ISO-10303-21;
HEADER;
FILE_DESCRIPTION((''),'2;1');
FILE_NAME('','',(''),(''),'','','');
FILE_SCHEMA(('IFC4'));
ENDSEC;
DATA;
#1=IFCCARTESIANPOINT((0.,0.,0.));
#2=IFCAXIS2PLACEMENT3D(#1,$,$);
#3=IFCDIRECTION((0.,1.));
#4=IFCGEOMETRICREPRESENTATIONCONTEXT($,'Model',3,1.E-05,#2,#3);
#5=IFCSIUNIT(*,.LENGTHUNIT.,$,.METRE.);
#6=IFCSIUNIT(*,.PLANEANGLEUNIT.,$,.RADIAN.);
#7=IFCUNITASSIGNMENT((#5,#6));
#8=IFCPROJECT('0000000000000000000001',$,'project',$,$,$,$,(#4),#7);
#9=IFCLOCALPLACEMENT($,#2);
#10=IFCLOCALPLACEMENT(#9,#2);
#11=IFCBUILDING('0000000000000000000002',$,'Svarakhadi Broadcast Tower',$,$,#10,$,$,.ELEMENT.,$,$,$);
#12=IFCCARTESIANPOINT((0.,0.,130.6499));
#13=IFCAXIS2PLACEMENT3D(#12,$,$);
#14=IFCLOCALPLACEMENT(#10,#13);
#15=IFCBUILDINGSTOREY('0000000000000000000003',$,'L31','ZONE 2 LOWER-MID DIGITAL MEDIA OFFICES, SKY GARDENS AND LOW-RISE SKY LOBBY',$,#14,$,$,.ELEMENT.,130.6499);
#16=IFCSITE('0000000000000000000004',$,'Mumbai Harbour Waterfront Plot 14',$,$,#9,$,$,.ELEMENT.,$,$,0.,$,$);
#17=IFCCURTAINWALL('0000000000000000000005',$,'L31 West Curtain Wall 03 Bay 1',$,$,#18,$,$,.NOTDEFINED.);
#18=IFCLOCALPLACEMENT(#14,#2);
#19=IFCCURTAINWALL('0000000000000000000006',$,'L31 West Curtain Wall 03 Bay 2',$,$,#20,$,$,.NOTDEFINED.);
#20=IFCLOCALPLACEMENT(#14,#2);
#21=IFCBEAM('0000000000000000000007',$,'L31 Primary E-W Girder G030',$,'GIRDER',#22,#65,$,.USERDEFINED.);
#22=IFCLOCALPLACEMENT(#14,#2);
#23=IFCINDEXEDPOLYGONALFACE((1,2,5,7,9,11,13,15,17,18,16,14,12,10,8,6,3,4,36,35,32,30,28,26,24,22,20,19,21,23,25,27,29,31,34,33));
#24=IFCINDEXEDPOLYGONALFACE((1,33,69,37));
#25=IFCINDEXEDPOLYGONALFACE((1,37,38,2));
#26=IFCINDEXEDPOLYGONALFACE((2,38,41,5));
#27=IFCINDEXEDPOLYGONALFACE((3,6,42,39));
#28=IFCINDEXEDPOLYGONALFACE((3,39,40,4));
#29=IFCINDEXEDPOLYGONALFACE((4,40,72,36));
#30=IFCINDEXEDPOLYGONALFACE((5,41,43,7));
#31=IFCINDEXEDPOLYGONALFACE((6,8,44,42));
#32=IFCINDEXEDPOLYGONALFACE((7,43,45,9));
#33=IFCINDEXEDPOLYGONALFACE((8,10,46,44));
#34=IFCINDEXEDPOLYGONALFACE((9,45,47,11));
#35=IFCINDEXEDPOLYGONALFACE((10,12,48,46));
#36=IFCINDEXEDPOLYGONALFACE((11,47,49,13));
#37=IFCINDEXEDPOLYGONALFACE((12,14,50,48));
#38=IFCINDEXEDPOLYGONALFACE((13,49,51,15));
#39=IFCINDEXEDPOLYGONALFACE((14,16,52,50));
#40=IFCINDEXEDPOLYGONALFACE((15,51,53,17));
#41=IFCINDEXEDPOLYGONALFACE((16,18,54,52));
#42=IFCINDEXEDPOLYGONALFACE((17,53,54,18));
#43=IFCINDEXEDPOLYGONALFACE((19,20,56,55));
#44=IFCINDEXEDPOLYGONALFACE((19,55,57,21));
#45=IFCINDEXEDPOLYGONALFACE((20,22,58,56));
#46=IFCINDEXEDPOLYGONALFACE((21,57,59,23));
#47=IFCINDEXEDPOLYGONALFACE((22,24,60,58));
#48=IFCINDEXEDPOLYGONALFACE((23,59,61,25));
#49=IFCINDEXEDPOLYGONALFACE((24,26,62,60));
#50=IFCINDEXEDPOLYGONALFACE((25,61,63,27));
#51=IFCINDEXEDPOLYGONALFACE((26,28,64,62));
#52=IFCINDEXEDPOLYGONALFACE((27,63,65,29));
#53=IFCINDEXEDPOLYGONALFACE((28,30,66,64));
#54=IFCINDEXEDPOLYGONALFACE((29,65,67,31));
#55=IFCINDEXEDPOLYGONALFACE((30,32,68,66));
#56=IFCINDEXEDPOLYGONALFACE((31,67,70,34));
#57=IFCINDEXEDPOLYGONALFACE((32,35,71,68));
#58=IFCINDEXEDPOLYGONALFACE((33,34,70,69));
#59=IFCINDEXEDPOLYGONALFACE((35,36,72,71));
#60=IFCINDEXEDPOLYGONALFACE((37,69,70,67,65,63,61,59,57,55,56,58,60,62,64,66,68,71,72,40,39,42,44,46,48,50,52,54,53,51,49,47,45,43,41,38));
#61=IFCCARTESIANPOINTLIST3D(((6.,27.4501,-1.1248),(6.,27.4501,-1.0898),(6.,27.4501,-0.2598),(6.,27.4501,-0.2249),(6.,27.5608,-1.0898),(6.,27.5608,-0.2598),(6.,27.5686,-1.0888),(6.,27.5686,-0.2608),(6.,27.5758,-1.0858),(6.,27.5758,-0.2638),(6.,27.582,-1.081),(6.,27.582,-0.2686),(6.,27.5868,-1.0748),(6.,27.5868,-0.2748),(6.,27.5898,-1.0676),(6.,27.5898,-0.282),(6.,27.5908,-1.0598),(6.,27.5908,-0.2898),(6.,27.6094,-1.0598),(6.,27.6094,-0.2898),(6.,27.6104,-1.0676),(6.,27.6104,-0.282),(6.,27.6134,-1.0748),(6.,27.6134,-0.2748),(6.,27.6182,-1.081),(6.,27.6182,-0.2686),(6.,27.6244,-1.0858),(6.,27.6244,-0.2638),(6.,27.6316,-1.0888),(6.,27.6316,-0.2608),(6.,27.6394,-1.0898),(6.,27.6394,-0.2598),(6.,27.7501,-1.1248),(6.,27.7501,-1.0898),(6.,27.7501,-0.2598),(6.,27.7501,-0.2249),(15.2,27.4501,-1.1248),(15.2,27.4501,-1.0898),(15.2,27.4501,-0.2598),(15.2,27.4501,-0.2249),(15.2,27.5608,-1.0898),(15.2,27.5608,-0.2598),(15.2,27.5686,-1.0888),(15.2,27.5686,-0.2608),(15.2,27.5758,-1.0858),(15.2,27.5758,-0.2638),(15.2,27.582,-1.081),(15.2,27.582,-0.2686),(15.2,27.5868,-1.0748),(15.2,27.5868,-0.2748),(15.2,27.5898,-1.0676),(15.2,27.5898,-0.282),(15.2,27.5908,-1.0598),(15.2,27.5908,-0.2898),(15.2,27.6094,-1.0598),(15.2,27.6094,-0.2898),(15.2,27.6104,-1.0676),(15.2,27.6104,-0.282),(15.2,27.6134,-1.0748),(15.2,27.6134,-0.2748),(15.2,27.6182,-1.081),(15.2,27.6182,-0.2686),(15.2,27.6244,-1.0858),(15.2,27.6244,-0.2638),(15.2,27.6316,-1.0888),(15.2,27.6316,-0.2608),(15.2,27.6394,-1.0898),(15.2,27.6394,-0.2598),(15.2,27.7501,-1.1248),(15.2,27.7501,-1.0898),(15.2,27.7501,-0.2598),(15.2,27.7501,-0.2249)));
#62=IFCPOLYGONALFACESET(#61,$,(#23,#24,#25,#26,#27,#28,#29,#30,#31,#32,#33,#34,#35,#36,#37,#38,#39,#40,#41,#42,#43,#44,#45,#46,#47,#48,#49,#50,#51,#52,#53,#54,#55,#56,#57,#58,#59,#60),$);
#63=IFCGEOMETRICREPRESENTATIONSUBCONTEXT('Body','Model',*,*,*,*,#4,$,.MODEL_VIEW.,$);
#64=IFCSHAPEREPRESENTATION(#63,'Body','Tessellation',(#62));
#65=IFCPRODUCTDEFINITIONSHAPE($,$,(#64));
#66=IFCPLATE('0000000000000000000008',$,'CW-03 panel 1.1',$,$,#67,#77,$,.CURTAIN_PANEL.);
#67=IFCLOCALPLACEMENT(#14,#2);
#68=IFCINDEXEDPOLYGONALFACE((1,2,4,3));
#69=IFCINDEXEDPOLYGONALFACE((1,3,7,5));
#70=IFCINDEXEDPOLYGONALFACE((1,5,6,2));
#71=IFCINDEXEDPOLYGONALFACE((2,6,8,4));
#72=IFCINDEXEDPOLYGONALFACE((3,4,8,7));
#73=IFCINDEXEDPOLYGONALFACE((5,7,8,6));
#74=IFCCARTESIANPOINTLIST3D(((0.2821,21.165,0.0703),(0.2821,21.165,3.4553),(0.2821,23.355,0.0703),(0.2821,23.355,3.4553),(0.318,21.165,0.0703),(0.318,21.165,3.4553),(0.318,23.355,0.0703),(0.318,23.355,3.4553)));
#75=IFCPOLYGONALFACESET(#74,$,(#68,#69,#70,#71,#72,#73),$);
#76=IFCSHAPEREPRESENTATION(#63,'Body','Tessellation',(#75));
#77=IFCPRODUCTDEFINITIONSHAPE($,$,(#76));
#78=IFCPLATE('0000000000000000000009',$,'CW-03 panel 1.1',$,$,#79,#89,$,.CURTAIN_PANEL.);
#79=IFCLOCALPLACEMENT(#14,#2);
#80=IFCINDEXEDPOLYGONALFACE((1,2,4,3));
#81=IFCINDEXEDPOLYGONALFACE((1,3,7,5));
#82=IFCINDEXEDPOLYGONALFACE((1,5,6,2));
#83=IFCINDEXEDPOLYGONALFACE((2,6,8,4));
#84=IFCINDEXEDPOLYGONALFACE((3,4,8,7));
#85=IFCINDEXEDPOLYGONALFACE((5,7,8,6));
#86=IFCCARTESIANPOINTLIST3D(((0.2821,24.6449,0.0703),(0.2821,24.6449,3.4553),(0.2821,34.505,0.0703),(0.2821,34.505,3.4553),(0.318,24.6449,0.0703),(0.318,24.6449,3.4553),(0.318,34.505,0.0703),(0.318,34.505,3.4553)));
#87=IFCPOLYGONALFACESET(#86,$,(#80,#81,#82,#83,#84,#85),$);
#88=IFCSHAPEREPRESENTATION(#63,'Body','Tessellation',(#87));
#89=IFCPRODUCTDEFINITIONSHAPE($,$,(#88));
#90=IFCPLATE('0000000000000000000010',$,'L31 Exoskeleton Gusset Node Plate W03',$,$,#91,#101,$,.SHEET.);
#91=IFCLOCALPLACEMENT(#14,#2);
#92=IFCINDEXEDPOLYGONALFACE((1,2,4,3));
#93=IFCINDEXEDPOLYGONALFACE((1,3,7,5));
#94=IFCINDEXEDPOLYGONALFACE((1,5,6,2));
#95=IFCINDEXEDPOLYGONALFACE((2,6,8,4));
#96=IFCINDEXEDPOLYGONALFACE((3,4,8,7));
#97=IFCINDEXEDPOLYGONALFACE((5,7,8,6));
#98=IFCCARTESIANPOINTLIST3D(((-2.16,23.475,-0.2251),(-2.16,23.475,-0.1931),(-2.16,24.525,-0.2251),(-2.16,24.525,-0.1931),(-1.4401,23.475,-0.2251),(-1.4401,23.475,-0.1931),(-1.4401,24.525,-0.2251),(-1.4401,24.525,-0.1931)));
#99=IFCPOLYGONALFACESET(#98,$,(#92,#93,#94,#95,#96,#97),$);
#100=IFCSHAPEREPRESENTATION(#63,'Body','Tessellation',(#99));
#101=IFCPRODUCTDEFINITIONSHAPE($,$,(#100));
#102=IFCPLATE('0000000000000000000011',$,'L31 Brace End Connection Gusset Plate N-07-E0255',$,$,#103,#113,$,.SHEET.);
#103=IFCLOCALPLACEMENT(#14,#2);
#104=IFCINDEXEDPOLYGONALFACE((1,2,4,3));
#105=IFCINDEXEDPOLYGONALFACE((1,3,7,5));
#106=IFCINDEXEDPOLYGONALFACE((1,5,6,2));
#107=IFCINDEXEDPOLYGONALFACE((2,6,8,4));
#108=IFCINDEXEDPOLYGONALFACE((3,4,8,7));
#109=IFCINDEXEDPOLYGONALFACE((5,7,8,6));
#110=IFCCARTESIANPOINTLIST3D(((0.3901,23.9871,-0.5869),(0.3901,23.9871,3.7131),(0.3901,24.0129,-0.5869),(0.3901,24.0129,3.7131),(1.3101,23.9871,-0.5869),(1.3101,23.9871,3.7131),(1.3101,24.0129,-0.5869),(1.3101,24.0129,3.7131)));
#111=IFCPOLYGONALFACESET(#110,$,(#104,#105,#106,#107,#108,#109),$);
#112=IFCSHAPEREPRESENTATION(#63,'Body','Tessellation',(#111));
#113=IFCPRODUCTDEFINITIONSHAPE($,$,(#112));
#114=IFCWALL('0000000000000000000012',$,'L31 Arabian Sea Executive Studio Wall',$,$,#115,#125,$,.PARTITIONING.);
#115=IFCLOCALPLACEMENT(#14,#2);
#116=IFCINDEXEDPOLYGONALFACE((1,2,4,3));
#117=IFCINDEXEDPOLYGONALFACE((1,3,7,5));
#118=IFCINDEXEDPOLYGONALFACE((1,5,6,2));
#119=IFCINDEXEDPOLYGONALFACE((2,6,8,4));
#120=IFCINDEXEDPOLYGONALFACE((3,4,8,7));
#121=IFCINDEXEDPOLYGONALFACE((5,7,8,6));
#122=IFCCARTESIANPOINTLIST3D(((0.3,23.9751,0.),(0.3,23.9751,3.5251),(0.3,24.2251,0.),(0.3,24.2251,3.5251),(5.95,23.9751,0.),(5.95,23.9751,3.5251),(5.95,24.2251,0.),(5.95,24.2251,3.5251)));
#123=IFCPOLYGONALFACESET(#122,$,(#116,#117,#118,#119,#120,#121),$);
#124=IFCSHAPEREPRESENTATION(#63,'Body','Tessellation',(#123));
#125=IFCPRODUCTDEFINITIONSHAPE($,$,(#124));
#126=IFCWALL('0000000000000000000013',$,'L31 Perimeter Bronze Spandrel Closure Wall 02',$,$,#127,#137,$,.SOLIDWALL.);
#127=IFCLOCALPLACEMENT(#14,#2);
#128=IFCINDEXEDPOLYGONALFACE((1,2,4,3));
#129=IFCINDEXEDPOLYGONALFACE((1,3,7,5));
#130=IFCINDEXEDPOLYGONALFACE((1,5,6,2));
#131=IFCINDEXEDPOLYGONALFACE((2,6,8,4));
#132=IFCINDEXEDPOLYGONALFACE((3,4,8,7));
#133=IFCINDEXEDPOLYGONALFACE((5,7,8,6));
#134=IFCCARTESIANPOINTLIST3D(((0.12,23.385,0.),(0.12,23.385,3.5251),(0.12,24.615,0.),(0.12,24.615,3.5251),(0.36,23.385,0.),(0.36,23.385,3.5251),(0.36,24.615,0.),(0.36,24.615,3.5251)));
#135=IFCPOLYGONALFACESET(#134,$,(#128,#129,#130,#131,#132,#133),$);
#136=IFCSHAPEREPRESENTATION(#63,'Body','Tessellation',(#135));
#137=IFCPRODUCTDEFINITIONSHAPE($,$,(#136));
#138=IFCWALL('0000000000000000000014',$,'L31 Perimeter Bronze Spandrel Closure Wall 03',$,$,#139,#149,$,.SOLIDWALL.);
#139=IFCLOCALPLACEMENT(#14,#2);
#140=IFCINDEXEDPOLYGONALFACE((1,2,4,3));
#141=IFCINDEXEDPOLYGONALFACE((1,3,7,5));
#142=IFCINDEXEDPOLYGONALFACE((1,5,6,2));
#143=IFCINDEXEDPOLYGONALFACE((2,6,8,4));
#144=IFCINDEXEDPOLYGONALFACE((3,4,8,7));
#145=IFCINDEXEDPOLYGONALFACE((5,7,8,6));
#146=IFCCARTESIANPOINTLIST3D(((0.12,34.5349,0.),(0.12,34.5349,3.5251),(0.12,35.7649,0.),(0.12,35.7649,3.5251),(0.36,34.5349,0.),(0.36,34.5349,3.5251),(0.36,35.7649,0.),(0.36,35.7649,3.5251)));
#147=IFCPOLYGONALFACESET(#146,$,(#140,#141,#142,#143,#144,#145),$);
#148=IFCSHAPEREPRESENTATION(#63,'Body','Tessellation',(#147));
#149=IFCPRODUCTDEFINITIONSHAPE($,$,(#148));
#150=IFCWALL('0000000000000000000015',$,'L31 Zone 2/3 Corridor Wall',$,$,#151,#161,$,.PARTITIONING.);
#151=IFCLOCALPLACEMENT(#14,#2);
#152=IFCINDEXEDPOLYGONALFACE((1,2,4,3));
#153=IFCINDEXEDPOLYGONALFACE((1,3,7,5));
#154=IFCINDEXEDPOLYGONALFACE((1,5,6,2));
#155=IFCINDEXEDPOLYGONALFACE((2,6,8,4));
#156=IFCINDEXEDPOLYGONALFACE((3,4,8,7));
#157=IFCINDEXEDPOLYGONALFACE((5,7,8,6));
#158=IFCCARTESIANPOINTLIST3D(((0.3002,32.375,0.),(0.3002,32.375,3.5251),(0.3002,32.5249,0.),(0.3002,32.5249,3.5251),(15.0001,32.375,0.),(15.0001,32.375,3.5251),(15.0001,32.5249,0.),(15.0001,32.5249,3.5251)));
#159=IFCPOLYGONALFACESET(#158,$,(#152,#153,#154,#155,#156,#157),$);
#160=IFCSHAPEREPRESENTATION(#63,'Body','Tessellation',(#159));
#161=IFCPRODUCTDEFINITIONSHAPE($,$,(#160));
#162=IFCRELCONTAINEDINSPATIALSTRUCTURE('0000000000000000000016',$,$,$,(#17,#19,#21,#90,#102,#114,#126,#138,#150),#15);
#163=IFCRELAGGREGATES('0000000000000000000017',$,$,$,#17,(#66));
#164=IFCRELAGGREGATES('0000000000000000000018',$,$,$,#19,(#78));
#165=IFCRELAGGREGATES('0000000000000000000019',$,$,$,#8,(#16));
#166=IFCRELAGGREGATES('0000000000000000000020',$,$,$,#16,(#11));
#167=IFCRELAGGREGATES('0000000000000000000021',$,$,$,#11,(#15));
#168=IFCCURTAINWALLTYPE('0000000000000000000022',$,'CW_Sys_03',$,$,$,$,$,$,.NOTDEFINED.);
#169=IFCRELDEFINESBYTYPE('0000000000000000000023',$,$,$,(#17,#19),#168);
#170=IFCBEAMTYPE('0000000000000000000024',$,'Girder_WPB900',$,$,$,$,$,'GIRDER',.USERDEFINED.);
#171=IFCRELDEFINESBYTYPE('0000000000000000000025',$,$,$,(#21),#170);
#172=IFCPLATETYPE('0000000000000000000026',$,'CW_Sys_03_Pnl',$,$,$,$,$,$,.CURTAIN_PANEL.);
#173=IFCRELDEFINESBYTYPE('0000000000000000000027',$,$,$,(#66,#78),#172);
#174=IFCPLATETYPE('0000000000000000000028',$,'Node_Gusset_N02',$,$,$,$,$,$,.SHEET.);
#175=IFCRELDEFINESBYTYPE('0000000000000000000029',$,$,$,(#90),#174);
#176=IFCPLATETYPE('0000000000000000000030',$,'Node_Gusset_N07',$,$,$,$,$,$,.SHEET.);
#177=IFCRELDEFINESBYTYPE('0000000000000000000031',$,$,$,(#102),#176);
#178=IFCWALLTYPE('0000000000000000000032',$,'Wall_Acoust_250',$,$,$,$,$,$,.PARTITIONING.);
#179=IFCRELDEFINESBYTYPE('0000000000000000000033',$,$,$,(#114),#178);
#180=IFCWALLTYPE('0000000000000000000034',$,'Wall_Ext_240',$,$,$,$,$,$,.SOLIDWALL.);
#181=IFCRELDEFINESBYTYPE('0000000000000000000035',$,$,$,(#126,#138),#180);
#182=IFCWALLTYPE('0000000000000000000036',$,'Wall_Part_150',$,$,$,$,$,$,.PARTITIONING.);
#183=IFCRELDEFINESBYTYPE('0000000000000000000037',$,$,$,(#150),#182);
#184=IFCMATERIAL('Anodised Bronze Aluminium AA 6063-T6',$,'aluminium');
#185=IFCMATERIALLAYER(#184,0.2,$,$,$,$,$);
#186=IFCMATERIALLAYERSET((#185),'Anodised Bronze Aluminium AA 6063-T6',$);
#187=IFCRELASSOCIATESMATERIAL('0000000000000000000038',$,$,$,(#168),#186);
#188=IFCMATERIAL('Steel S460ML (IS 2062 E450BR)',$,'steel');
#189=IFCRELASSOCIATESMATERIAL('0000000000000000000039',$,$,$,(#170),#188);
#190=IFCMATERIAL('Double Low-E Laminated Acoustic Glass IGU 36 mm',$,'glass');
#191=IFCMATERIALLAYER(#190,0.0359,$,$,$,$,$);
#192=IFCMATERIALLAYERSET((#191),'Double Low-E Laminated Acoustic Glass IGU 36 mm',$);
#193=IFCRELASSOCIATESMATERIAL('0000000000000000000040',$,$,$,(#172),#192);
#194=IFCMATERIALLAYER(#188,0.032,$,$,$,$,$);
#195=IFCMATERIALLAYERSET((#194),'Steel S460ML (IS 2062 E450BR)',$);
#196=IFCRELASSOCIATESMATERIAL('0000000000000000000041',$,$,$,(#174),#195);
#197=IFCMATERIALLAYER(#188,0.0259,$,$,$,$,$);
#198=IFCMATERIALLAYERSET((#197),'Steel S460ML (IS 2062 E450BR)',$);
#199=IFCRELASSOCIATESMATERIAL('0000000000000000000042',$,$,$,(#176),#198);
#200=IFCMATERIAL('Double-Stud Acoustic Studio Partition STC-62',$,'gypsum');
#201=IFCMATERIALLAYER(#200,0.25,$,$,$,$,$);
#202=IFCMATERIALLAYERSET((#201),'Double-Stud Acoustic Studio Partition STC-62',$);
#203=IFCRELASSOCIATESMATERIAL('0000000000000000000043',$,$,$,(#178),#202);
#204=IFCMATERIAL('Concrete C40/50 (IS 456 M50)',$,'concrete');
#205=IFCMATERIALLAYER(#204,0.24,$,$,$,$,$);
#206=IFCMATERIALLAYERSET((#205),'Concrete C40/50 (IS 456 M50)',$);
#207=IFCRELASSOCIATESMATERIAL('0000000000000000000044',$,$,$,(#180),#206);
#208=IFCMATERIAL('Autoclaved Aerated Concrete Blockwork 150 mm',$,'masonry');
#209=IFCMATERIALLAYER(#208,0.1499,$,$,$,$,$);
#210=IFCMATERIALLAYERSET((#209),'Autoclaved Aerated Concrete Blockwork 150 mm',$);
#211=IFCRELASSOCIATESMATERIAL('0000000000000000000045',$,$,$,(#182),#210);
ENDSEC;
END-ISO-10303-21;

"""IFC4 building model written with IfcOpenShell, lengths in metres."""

from ifc_helpers import new_model, si_unit, direction, frame, frame_2d, origin, origin_2d, place, context, subcontext, project, spatial, rectangle, i_section, extrude, material, layer, layer_set, material_profile, profile_set, type_object, element, aggregate, save


model = new_model("IFC4")

# Units and contexts
model_context = context("Model", 3, precision=1e-05, world=origin(), true_north=direction((0.0, 1.0)))
body_context = subcontext(model_context, "Body", "Model", "MODEL_VIEW")
ifc_project = project(units=[si_unit("LENGTHUNIT", "METRE"), si_unit("PLANEANGLEUNIT", "RADIAN")], contexts=[model_context])

# Site, building, storey
site_placement = place(None, origin())
site = spatial("IfcSite", under=ifc_project, at=site_placement, Name="Mumbai Harbour Waterfront Plot 14", CompositionType="ELEMENT", RefElevation=0.0)
building_placement = place(site_placement, origin())
building = spatial("IfcBuilding", under=site, at=building_placement, Name="Svarakhadi Broadcast Tower", CompositionType="ELEMENT")
storey_placement = place(building_placement, frame((0.0, 0.0, 130.6499)))
storey = spatial("IfcBuildingStorey", under=building, at=storey_placement, Name="L31", Description="ZONE 2 LOWER-MID DIGITAL MEDIA OFFICES, SKY GARDENS AND LOW-RISE SKY LOBBY", CompositionType="ELEMENT", Elevation=130.6499)

# Shared definitions
ifc_material_1 = material(Name="Steel S460ML (IS 2062 E450BR)", Category="steel")

# Curtain walls
ifc_material_2 = material(Name="Anodised Bronze Aluminium AA 6063-T6", Category="aluminium")
ifc_layer_1 = layer(ifc_material_2, 0.2)
ifc_layer_set_1 = layer_set([ifc_layer_1], Name="Anodised Bronze Aluminium AA 6063-T6")
curtain_wall_type = type_object("IfcCurtainWallType", Name="CW_Sys_03", PredefinedType="NOTDEFINED", material=ifc_layer_set_1)
curtain_wall_1_placement = place(storey_placement, origin())
curtain_wall_1 = element("IfcCurtainWall", 1, at=curtain_wall_1_placement, inside=storey, type_object=curtain_wall_type, Name="L31 West Curtain Wall 03 Bay 1", PredefinedType="NOTDEFINED")
curtain_wall_2_placement = place(storey_placement, origin())
curtain_wall_2 = element("IfcCurtainWall", 2, at=curtain_wall_2_placement, inside=storey, type_object=curtain_wall_type, Name="L31 West Curtain Wall 03 Bay 2", PredefinedType="NOTDEFINED")

# Beam
ifc_material_profile_1 = material_profile(ifc_material_1, i_section(OverallWidth=0.3, OverallDepth=0.8999, WebThickness=0.0186, FlangeThickness=0.0349, FilletRadius=0.03, at=origin_2d()), Name="WPB 900x300x291")
ifc_profile_set_1 = profile_set([ifc_material_profile_1], Name="Steel S460ML (IS 2062 E450BR)")
beam_type_1 = type_object("IfcBeamType", Name="Girder_WPB900", ElementType="GIRDER", PredefinedType="USERDEFINED", material=ifc_profile_set_1)
beam_1_placement = place(storey_placement, frame((6.0, 27.6001, -0.6748), z_axis=(1.0, 0.0, 0.0), x_axis=(0.0, 1.0, 0.0)))
element("IfcBeam", 3, at=beam_1_placement, inside=storey, type_object=beam_type_1, Name="L31 Primary E-W Girder G030", ObjectType="GIRDER", PredefinedType="USERDEFINED", context=body_context, shape_type="SweptSolid", body=[
    extrude(i_section(OverallWidth=0.3, OverallDepth=0.8999, WebThickness=0.0186, FlangeThickness=0.0349, FilletRadius=0.03, at=origin_2d()), origin(), (0.0, 0.0, 1.0), 9.2),
])

# Plates
ifc_material_3 = material(Name="Double Low-E Laminated Acoustic Glass IGU 36 mm", Category="glass")
ifc_layer_2 = layer(ifc_material_3, 0.0359)
ifc_layer_set_2 = layer_set([ifc_layer_2], Name="Double Low-E Laminated Acoustic Glass IGU 36 mm")
plate_type_1 = type_object("IfcPlateType", Name="CW_Sys_03_Pnl", PredefinedType="CURTAIN_PANEL", material=ifc_layer_set_2)
plate_1_placement = place(storey_placement, frame((0.3, 22.26, 0.0703), z_axis=(0.0, 0.0, 1.0), x_axis=(0.0, 1.0, 0.0)))
plate_1 = element("IfcPlate", 4, at=plate_1_placement, type_object=plate_type_1, Name="CW-03 panel 1.1", PredefinedType="CURTAIN_PANEL", context=body_context, shape_type="SweptSolid", body=[
    extrude(rectangle(XDim=2.1899, YDim=0.0359, at=origin_2d()), origin(), (0.0, 0.0, 1.0), 3.385),
])
aggregate(curtain_wall_1, [plate_1])
plate_2_placement = place(storey_placement, frame((0.3, 29.575, 0.0703), z_axis=(0.0, 0.0, 1.0), x_axis=(0.0, 1.0, 0.0)))
plate_2 = element("IfcPlate", 5, at=plate_2_placement, type_object=plate_type_1, Name="CW-03 panel 1.1", PredefinedType="CURTAIN_PANEL", context=body_context, shape_type="SweptSolid", body=[
    extrude(rectangle(XDim=9.8601, YDim=0.0359, at=origin_2d()), origin(), (0.0, 0.0, 1.0), 3.385),
])
aggregate(curtain_wall_2, [plate_2])

# Plates
ifc_layer_3 = layer(ifc_material_1, 0.032)
ifc_layer_set_3 = layer_set([ifc_layer_3], Name="Steel S460ML (IS 2062 E450BR)")
plate_type_2 = type_object("IfcPlateType", Name="Node_Gusset_N02", PredefinedType="SHEET", material=ifc_layer_set_3)
plate_3_placement = place(storey_placement, frame((-1.8, 24.0, -0.2251), z_axis=(0.0, 0.0, 1.0), x_axis=(0.0, 1.0, 0.0)))
element("IfcPlate", 6, at=plate_3_placement, inside=storey, type_object=plate_type_2, Name="L31 Exoskeleton Gusset Node Plate W03", PredefinedType="SHEET", context=body_context, shape_type="SweptSolid", body=[
    extrude(rectangle(XDim=1.05, YDim=0.72, at=origin_2d()), origin(), (0.0, 0.0, 1.0), 0.032),
])
ifc_layer_4 = layer(ifc_material_1, 0.0259)
ifc_layer_set_4 = layer_set([ifc_layer_4], Name="Steel S460ML (IS 2062 E450BR)")
plate_type_3 = type_object("IfcPlateType", Name="Node_Gusset_N07", PredefinedType="SHEET", material=ifc_layer_set_4)
plate_4_placement = place(storey_placement, frame((0.8501, 24.0, -0.5869), z_axis=(0.0, 0.0, 1.0), x_axis=(1.0, 0.0, 0.0)))
element("IfcPlate", 7, at=plate_4_placement, inside=storey, type_object=plate_type_3, Name="L31 Brace End Connection Gusset Plate N-07-E0255", PredefinedType="SHEET", context=body_context, shape_type="SweptSolid", body=[
    extrude(rectangle(XDim=0.9199, YDim=0.0259, at=origin_2d()), origin(), (0.0, 0.0, 1.0), 4.3),
])

# Walls
ifc_material_4 = material(Name="Double-Stud Acoustic Studio Partition STC-62", Category="gypsum")
ifc_layer_5 = layer(ifc_material_4, 0.25)
ifc_layer_set_5 = layer_set([ifc_layer_5], Name="Double-Stud Acoustic Studio Partition STC-62")
wall_type_1 = type_object("IfcWallType", Name="Wall_Acoust_250", PredefinedType="PARTITIONING", material=ifc_layer_set_5)
wall_1_placement = place(storey_placement, frame((0.3, 24.1001, 0.0), z_axis=(0.0, 0.0, 1.0), x_axis=(1.0, 0.0, 0.0)))
element("IfcWall", 8, at=wall_1_placement, inside=storey, type_object=wall_type_1, Name="L31 Arabian Sea Executive Studio Wall", PredefinedType="PARTITIONING", context=body_context, shape_type="SweptSolid", body=[
    extrude(rectangle(XDim=5.6499, YDim=0.25, at=frame_2d((2.825, 0.0))), origin(), (0.0, 0.0, 1.0), 3.5251),
])
ifc_material_5 = material(Name="Concrete C40/50 (IS 456 M50)", Category="concrete")
ifc_layer_6 = layer(ifc_material_5, 0.24)
ifc_layer_set_6 = layer_set([ifc_layer_6], Name="Concrete C40/50 (IS 456 M50)")
wall_type_2 = type_object("IfcWallType", Name="Wall_Ext_240", PredefinedType="SOLIDWALL", material=ifc_layer_set_6)
for number, where, z_axis, x_axis, name in (
    (9, (0.24, 23.385, 0.0), (0.0, 0.0, 1.0), (0.0, 1.0, 0.0), "L31 Perimeter Bronze Spandrel Closure Wall 02"),
    (10, (0.24, 34.5349, 0.0), (0.0, 0.0, 1.0), (0.0, 1.0, 0.0), "L31 Perimeter Bronze Spandrel Closure Wall 03"),
):
    element("IfcWall", number, at=place(storey_placement, frame(where, z_axis=z_axis, x_axis=x_axis)), inside=storey, type_object=wall_type_2, Name=name, PredefinedType="SOLIDWALL", context=body_context, shape_type="SweptSolid", body=[
        extrude(rectangle(XDim=1.23, YDim=0.24, at=frame_2d((0.615, 0.0))), origin(), (0.0, 0.0, 1.0), 3.5251),
    ])
ifc_material_6 = material(Name="Autoclaved Aerated Concrete Blockwork 150 mm", Category="masonry")
ifc_layer_7 = layer(ifc_material_6, 0.1499)
ifc_layer_set_7 = layer_set([ifc_layer_7], Name="Autoclaved Aerated Concrete Blockwork 150 mm")
wall_type_3 = type_object("IfcWallType", Name="Wall_Part_150", PredefinedType="PARTITIONING", material=ifc_layer_set_7)
wall_2_placement = place(storey_placement, frame((0.3, 32.45, 0.0), z_axis=(0.0, 0.0, 1.0), x_axis=(1.0, 0.0, 0.0)))
element("IfcWall", 11, at=wall_2_placement, inside=storey, type_object=wall_type_3, Name="L31 Zone 2/3 Corridor Wall", PredefinedType="PARTITIONING", context=body_context, shape_type="SweptSolid", body=[
    extrude(rectangle(XDim=14.7, YDim=0.1499, at=frame_2d((7.3501, 0.0))), origin(), (0.0, 0.0, 1.0), 3.5251),
])

save(model, "model.ifc")
